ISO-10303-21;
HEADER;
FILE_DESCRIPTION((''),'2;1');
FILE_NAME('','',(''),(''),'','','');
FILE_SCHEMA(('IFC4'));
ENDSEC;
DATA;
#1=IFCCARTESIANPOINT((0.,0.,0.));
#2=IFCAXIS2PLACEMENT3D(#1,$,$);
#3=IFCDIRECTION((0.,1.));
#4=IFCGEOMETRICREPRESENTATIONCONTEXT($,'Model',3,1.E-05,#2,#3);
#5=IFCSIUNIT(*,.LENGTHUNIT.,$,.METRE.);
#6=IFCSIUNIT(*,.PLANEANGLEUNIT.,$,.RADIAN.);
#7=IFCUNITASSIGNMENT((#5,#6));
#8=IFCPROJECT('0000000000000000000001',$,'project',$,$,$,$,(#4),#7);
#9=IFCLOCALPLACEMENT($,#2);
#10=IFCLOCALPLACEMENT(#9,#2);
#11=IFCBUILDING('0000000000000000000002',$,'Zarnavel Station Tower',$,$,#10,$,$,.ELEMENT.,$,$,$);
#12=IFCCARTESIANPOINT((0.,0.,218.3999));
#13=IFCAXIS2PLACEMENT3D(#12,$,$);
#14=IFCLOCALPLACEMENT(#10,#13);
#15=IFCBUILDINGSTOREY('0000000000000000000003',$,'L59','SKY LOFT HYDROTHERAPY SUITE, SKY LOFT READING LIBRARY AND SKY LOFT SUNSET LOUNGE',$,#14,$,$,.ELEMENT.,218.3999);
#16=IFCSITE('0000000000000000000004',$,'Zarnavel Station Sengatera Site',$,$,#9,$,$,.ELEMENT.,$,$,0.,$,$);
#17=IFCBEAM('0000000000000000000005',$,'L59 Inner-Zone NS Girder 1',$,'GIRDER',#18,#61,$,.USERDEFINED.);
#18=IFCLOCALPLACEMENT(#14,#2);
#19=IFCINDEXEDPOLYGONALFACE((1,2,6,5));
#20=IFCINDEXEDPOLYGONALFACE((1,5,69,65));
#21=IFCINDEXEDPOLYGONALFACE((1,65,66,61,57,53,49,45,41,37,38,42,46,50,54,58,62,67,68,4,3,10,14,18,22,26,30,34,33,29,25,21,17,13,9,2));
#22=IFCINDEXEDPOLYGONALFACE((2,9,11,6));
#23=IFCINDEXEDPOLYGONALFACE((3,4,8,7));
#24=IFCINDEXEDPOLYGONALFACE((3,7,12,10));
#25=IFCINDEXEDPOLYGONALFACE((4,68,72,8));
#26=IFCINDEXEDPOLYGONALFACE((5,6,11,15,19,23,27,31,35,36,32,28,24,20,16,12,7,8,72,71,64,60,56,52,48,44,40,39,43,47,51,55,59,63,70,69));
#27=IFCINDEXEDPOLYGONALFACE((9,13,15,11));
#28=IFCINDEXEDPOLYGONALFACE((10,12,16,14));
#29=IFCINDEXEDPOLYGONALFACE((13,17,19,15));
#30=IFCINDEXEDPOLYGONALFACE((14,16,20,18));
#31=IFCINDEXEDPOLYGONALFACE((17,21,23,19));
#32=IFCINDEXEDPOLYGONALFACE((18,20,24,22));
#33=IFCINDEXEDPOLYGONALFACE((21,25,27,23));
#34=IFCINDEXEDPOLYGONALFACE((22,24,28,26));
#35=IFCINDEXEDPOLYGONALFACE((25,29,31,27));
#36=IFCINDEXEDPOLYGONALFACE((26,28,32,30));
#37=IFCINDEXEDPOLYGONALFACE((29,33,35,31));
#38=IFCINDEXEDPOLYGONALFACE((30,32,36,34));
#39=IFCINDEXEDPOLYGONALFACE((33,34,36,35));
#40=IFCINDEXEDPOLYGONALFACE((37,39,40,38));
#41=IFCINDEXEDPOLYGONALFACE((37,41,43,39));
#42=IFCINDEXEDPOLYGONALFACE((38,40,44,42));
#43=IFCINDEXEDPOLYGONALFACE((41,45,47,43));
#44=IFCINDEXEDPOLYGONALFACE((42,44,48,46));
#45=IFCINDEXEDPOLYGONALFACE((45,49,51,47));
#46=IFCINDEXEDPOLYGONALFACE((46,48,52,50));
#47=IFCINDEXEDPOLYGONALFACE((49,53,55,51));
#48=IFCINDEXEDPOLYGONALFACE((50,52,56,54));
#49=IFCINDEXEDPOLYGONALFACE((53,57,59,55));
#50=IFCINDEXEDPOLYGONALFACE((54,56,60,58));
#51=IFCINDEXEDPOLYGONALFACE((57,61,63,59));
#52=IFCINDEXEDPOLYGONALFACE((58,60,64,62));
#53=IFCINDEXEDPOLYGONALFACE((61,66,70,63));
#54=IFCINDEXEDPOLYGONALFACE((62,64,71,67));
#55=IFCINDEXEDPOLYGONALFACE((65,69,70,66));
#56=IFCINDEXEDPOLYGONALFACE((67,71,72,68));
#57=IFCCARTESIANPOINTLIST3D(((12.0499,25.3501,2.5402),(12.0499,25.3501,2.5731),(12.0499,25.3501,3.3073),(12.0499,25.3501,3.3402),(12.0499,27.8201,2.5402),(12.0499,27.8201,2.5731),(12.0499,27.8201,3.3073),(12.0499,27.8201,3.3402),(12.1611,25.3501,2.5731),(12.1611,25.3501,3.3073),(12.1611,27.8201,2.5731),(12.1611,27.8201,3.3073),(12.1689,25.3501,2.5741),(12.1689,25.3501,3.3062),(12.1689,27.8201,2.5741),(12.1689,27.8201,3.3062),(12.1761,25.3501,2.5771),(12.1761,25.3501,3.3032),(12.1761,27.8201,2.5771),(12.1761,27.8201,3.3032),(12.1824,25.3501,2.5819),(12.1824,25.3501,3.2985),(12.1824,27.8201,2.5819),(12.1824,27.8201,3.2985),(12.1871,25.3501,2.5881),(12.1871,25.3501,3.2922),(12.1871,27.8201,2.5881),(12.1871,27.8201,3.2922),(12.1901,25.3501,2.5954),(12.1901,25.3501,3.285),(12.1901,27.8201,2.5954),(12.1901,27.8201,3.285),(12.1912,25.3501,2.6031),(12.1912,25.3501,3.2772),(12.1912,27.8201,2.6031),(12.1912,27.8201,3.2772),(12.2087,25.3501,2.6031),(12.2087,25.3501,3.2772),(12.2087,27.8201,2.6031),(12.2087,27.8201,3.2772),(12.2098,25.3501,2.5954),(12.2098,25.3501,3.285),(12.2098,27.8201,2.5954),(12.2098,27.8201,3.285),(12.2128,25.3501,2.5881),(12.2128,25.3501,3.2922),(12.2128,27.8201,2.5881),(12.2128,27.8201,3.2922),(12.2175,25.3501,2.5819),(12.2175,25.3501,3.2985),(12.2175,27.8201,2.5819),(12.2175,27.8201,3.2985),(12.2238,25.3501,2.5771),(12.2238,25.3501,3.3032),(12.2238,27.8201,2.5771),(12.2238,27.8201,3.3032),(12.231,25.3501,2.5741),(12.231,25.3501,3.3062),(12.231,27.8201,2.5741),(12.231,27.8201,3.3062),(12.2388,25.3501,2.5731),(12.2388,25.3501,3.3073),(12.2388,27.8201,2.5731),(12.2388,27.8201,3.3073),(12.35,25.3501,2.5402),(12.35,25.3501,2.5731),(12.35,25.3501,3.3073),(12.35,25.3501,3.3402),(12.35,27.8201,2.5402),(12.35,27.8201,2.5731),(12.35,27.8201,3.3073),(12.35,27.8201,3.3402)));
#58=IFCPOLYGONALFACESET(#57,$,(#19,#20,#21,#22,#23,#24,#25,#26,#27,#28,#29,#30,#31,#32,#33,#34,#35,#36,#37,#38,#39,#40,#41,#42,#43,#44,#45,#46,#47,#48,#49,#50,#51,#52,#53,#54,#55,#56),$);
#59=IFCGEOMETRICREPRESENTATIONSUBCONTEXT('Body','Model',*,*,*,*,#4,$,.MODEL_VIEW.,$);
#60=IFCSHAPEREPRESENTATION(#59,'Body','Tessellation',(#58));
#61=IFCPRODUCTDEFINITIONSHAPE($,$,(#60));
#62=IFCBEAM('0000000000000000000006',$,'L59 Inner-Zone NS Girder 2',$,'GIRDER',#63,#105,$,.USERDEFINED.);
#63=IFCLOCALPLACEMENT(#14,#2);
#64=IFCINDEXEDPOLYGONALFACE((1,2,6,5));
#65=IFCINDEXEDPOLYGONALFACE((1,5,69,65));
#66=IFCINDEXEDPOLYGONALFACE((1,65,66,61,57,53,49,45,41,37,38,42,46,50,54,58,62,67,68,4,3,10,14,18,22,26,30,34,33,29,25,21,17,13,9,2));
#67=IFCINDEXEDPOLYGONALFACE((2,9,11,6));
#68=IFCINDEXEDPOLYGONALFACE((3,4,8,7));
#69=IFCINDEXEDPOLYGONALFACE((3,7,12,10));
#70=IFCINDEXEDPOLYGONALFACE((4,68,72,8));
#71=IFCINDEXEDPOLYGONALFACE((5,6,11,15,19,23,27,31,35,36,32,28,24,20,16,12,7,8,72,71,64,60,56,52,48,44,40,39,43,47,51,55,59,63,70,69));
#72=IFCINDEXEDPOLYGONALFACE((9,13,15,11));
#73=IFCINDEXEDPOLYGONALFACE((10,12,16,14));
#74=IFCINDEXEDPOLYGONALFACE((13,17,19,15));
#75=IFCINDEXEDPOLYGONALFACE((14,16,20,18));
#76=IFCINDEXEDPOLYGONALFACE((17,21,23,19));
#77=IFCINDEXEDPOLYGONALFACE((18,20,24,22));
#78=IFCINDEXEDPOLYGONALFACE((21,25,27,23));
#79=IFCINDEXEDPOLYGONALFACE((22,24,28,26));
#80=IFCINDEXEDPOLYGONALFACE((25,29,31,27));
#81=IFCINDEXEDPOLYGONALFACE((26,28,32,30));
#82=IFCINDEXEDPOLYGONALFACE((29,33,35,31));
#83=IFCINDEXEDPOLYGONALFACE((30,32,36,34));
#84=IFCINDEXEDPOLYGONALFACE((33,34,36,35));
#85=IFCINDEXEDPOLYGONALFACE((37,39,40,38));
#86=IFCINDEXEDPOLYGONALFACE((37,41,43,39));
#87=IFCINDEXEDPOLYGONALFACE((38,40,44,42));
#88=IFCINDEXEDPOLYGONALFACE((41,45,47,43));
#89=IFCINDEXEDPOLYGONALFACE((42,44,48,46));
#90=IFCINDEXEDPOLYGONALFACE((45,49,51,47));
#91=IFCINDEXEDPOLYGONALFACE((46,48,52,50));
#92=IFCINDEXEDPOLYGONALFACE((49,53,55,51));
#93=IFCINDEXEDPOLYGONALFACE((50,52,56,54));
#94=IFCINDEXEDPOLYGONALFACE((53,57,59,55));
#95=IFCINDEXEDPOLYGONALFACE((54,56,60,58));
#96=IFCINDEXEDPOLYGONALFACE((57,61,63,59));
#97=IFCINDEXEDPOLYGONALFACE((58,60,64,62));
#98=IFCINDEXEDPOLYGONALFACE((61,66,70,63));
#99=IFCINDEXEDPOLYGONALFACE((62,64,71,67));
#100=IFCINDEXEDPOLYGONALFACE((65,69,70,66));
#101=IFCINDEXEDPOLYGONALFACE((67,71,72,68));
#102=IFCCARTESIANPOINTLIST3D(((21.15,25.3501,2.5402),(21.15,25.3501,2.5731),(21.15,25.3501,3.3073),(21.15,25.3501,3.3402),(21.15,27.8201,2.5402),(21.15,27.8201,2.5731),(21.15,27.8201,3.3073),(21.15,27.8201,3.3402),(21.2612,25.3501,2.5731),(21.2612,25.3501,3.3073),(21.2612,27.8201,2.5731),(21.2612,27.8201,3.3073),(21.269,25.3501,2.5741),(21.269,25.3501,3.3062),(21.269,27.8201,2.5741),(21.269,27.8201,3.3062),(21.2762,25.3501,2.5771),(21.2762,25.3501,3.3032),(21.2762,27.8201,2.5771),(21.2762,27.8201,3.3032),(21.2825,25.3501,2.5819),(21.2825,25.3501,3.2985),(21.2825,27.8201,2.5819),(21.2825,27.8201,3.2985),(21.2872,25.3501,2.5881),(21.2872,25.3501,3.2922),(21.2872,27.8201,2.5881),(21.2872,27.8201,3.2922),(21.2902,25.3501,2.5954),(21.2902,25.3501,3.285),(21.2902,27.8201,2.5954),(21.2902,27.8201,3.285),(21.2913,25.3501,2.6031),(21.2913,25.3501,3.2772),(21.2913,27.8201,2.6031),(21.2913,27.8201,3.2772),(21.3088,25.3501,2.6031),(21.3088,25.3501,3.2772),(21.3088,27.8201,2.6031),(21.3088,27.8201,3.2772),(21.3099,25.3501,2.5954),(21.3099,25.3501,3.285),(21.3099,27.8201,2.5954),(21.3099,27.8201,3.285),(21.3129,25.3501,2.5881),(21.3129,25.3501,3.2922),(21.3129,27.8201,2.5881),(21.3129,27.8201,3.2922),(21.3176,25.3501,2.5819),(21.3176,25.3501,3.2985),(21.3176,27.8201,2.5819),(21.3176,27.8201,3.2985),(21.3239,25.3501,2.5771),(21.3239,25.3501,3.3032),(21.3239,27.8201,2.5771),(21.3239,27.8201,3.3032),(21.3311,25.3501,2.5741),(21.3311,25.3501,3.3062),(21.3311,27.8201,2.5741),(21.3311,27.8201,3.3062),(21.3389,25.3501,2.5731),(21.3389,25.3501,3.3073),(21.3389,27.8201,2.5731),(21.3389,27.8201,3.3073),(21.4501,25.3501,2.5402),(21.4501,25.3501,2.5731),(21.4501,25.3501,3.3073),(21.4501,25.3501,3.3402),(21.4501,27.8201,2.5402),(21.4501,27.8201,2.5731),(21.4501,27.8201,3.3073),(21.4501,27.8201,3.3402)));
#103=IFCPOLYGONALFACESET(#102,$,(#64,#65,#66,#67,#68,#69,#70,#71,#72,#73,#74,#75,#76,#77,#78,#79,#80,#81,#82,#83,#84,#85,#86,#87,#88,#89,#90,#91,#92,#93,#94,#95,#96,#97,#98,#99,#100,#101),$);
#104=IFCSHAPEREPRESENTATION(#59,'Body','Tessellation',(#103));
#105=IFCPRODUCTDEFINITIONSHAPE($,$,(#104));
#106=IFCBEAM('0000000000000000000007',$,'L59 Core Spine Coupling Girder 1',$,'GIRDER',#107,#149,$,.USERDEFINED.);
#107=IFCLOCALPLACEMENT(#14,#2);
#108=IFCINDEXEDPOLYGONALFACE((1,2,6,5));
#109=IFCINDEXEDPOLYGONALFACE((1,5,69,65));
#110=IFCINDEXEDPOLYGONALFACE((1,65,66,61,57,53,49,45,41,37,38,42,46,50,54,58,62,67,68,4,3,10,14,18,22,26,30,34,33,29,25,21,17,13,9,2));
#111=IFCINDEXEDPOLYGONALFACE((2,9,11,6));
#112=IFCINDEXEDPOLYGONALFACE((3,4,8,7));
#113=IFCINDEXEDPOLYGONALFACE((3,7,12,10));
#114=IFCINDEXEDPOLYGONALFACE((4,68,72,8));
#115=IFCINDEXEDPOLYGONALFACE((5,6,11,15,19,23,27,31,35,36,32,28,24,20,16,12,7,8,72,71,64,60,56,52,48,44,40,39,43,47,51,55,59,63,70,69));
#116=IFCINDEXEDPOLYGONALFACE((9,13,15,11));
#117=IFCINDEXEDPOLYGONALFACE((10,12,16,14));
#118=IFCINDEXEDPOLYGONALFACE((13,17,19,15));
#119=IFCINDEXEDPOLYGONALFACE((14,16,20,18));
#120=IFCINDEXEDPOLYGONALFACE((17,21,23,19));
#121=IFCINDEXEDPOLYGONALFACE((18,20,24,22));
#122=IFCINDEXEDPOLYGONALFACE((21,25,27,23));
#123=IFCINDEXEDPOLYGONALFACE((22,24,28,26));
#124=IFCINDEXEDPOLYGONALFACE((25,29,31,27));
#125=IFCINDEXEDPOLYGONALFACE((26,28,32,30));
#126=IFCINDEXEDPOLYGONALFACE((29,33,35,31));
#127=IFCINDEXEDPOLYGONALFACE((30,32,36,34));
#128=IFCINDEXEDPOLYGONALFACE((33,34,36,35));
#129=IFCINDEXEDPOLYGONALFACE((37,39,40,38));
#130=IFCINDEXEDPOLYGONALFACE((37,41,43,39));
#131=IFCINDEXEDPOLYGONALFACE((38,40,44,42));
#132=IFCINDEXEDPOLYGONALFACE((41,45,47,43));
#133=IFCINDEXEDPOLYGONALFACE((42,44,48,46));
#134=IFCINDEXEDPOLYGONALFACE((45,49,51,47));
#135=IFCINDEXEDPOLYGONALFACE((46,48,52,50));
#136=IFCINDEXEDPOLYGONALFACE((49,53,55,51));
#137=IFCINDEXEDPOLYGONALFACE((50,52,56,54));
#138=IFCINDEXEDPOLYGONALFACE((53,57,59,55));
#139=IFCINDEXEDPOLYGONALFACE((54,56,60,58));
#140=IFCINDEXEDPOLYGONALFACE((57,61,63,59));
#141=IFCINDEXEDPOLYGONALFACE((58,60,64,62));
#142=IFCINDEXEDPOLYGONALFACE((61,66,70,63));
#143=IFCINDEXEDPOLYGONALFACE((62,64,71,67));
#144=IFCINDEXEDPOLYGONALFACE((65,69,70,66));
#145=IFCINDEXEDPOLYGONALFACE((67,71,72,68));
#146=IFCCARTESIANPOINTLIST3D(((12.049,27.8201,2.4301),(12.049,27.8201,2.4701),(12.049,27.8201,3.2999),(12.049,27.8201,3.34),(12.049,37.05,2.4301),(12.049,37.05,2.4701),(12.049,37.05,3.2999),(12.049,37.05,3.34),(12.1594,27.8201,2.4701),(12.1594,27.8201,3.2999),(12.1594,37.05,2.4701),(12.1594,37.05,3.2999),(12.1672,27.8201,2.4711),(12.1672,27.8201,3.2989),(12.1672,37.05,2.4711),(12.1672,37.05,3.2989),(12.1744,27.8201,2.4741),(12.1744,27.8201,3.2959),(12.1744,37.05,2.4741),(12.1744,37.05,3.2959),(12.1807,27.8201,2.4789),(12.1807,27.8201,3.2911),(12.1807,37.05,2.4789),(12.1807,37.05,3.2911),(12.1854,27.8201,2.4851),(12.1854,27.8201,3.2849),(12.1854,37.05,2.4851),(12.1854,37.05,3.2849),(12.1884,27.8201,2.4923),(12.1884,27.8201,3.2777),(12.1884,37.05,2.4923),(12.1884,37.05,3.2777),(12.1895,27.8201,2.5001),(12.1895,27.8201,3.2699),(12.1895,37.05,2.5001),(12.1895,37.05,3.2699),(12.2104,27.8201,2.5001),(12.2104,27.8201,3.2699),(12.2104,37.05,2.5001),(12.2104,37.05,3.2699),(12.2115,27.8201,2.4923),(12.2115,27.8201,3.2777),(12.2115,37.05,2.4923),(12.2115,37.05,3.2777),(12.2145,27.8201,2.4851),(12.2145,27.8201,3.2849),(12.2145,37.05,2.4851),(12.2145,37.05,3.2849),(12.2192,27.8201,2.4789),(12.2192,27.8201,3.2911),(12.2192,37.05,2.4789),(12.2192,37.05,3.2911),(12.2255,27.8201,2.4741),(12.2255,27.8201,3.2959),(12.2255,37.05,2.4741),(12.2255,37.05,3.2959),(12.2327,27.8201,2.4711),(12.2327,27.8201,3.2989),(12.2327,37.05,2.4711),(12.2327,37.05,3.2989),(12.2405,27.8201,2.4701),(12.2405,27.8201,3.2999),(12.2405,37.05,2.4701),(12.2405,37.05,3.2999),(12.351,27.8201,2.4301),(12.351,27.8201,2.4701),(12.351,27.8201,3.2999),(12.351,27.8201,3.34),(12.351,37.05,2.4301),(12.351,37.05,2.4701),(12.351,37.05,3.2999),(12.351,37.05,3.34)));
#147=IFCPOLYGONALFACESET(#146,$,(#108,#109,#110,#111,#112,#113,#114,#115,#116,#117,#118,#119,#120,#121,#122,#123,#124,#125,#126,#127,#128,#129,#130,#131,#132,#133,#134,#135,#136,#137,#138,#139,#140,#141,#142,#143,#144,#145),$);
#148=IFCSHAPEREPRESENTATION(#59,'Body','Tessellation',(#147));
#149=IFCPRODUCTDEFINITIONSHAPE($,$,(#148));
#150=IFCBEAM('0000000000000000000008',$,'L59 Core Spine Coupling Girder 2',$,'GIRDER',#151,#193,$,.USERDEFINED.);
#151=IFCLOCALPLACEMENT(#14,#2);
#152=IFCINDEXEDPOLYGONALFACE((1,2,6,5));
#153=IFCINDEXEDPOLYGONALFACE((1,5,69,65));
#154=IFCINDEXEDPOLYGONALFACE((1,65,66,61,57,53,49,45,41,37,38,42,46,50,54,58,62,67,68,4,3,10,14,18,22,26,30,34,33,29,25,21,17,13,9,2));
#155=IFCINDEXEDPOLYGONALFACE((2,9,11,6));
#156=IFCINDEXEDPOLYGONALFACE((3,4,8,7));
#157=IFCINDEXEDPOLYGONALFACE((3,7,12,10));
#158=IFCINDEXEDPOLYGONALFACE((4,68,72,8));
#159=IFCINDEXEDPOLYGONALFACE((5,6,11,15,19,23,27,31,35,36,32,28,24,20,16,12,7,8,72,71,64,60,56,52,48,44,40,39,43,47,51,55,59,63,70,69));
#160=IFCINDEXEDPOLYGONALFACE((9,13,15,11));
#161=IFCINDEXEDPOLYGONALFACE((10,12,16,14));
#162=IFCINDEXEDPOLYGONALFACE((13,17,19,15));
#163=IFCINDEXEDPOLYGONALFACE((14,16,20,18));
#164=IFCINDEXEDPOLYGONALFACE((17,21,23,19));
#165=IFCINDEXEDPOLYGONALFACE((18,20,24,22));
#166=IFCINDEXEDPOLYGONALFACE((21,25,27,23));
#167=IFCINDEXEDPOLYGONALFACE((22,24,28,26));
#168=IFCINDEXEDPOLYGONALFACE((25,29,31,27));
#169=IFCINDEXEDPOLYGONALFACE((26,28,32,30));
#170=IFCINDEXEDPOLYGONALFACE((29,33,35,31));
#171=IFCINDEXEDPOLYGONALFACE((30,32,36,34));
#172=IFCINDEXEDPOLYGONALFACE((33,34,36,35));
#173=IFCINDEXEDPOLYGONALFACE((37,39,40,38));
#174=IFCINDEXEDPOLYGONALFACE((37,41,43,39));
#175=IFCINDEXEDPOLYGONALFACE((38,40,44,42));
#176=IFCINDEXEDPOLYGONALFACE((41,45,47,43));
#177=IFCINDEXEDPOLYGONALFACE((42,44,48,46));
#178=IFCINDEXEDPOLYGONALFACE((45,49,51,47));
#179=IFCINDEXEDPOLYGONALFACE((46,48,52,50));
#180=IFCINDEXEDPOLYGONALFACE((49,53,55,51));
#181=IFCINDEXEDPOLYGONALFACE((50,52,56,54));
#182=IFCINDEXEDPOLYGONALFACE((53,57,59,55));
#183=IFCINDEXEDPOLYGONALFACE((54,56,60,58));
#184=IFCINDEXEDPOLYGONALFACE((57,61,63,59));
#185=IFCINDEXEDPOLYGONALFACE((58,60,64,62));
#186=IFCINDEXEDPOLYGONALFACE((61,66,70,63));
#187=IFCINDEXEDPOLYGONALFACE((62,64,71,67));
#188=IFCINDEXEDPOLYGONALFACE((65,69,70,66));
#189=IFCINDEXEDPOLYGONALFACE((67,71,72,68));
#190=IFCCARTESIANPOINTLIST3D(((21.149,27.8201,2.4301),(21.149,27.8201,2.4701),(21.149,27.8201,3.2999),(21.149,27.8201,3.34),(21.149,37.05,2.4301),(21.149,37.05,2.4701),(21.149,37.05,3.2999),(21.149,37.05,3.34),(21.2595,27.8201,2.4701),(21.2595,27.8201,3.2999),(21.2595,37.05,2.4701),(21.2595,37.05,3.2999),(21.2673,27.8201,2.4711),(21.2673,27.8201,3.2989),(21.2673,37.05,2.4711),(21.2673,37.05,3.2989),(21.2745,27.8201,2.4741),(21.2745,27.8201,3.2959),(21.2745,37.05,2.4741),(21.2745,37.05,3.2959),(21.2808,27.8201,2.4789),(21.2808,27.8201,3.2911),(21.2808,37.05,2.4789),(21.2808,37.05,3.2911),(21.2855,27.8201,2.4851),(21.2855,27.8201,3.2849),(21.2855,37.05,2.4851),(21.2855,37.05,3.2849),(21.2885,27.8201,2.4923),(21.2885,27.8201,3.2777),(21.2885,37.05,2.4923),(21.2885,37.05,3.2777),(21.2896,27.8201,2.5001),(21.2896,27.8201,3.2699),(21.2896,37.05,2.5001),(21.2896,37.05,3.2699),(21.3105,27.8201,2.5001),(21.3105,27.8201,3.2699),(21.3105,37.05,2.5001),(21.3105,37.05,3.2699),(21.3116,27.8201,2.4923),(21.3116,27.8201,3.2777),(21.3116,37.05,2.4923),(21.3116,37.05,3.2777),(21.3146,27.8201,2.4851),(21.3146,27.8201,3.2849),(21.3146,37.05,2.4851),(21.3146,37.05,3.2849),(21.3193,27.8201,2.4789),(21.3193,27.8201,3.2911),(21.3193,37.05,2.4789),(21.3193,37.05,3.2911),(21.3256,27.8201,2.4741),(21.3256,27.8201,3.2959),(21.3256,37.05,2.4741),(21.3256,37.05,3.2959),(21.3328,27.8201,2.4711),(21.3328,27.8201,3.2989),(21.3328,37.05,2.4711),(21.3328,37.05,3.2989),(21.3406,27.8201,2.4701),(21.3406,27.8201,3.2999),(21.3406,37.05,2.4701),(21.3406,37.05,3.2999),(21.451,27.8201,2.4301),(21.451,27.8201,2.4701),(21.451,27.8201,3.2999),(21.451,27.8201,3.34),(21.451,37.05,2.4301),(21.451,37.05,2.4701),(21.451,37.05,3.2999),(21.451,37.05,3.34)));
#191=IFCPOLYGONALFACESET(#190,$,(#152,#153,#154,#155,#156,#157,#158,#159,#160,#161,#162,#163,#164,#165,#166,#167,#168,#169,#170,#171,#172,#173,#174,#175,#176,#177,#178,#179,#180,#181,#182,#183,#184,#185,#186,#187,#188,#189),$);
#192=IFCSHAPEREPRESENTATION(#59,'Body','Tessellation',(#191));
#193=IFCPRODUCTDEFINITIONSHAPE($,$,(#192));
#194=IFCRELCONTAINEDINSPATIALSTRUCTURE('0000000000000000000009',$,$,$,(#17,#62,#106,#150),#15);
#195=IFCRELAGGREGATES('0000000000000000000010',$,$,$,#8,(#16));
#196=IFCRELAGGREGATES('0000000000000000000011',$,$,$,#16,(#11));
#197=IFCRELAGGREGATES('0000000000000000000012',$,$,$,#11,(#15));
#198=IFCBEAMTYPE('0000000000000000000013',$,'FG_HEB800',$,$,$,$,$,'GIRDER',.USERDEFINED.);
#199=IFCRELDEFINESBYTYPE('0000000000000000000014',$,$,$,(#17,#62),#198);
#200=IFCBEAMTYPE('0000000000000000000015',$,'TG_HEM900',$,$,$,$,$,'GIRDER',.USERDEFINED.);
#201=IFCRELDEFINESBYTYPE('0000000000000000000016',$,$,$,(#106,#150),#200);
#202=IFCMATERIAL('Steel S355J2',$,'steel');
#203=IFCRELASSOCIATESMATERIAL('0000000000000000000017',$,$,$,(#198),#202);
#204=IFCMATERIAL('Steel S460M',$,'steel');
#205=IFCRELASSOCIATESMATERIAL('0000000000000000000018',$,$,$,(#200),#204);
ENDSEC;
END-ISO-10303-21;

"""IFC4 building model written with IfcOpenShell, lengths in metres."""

from ifc_helpers import new_model, si_unit, direction, frame, origin, origin_2d, place, context, subcontext, project, spatial, i_section, extrude, material, material_profile, profile_set, type_object, element, save


model = new_model("IFC4")

# Units and contexts
model_context = context("Model", 3, precision=1e-05, world=origin(), true_north=direction((0.0, 1.0)))
body_context = subcontext(model_context, "Body", "Model", "MODEL_VIEW")
ifc_project = project(units=[si_unit("LENGTHUNIT", "METRE"), si_unit("PLANEANGLEUNIT", "RADIAN")], contexts=[model_context])

# Site, building, storey
site_placement = place(None, origin())
site = spatial("IfcSite", under=ifc_project, at=site_placement, Name="Zarnavel Station Sengatera Site", CompositionType="ELEMENT", RefElevation=0.0)
building_placement = place(site_placement, origin())
building = spatial("IfcBuilding", under=site, at=building_placement, Name="Zarnavel Station Tower", CompositionType="ELEMENT")
storey_placement = place(building_placement, frame((0.0, 0.0, 218.3999)))
storey = spatial("IfcBuildingStorey", under=building, at=storey_placement, Name="L59", Description="SKY LOFT HYDROTHERAPY SUITE, SKY LOFT READING LIBRARY AND SKY LOFT SUNSET LOUNGE", CompositionType="ELEMENT", Elevation=218.3999)

# Beams
ifc_material_1 = material(Name="Steel S355J2", Category="steel")
ifc_material_profile_1 = material_profile(ifc_material_1, i_section(OverallWidth=0.3, OverallDepth=0.8, WebThickness=0.0176, FlangeThickness=0.033, FilletRadius=0.03, at=origin_2d()), Name="HEB800")
ifc_profile_set_1 = profile_set([ifc_material_profile_1], Name="Steel S355J2")
beam_type_1 = type_object("IfcBeamType", Name="FG_HEB800", ElementType="GIRDER", PredefinedType="USERDEFINED", material=ifc_profile_set_1)
for number, where, z_axis, x_axis, name in (
    (1, (12.2, 25.3501, 2.9402), (0.0, 1.0, 0.0), (-1.0, 0.0, 0.0), "L59 Inner-Zone NS Girder 1"),
    (2, (21.3, 25.3501, 2.9402), (0.0, 1.0, 0.0), (-1.0, 0.0, 0.0), "L59 Inner-Zone NS Girder 2"),
):
    element("IfcBeam", number, at=place(storey_placement, frame(where, z_axis=z_axis, x_axis=x_axis)), inside=storey, type_object=beam_type_1, Name=name, ObjectType="GIRDER", PredefinedType="USERDEFINED", context=body_context, shape_type="SweptSolid", body=[
        extrude(i_section(OverallWidth=0.3, OverallDepth=0.8, WebThickness=0.0176, FlangeThickness=0.033, FilletRadius=0.03, at=origin_2d()), origin(), (0.0, 0.0, 1.0), 2.47),
    ])
ifc_material_2 = material(Name="Steel S460M", Category="steel")
ifc_material_profile_2 = material_profile(ifc_material_2, i_section(OverallWidth=0.302, OverallDepth=0.9099, WebThickness=0.021, FlangeThickness=0.04, FilletRadius=0.03, at=origin_2d()), Name="HEM900")
ifc_profile_set_2 = profile_set([ifc_material_profile_2], Name="Steel S460M")
beam_type_2 = type_object("IfcBeamType", Name="TG_HEM900", ElementType="GIRDER", PredefinedType="USERDEFINED", material=ifc_profile_set_2)
for number, where, z_axis, x_axis, name in (
    (3, (12.2, 27.8201, 2.885), (0.0, 1.0, 0.0), (-1.0, 0.0, 0.0), "L59 Core Spine Coupling Girder 1"),
    (4, (21.3, 27.8201, 2.885), (0.0, 1.0, 0.0), (-1.0, 0.0, 0.0), "L59 Core Spine Coupling Girder 2"),
):
    element("IfcBeam", number, at=place(storey_placement, frame(where, z_axis=z_axis, x_axis=x_axis)), inside=storey, type_object=beam_type_2, Name=name, ObjectType="GIRDER", PredefinedType="USERDEFINED", context=body_context, shape_type="SweptSolid", body=[
        extrude(i_section(OverallWidth=0.302, OverallDepth=0.9099, WebThickness=0.021, FlangeThickness=0.04, FilletRadius=0.03, at=origin_2d()), origin(), (0.0, 0.0, 1.0), 9.23),
    ])

save(model, "model.ifc")
